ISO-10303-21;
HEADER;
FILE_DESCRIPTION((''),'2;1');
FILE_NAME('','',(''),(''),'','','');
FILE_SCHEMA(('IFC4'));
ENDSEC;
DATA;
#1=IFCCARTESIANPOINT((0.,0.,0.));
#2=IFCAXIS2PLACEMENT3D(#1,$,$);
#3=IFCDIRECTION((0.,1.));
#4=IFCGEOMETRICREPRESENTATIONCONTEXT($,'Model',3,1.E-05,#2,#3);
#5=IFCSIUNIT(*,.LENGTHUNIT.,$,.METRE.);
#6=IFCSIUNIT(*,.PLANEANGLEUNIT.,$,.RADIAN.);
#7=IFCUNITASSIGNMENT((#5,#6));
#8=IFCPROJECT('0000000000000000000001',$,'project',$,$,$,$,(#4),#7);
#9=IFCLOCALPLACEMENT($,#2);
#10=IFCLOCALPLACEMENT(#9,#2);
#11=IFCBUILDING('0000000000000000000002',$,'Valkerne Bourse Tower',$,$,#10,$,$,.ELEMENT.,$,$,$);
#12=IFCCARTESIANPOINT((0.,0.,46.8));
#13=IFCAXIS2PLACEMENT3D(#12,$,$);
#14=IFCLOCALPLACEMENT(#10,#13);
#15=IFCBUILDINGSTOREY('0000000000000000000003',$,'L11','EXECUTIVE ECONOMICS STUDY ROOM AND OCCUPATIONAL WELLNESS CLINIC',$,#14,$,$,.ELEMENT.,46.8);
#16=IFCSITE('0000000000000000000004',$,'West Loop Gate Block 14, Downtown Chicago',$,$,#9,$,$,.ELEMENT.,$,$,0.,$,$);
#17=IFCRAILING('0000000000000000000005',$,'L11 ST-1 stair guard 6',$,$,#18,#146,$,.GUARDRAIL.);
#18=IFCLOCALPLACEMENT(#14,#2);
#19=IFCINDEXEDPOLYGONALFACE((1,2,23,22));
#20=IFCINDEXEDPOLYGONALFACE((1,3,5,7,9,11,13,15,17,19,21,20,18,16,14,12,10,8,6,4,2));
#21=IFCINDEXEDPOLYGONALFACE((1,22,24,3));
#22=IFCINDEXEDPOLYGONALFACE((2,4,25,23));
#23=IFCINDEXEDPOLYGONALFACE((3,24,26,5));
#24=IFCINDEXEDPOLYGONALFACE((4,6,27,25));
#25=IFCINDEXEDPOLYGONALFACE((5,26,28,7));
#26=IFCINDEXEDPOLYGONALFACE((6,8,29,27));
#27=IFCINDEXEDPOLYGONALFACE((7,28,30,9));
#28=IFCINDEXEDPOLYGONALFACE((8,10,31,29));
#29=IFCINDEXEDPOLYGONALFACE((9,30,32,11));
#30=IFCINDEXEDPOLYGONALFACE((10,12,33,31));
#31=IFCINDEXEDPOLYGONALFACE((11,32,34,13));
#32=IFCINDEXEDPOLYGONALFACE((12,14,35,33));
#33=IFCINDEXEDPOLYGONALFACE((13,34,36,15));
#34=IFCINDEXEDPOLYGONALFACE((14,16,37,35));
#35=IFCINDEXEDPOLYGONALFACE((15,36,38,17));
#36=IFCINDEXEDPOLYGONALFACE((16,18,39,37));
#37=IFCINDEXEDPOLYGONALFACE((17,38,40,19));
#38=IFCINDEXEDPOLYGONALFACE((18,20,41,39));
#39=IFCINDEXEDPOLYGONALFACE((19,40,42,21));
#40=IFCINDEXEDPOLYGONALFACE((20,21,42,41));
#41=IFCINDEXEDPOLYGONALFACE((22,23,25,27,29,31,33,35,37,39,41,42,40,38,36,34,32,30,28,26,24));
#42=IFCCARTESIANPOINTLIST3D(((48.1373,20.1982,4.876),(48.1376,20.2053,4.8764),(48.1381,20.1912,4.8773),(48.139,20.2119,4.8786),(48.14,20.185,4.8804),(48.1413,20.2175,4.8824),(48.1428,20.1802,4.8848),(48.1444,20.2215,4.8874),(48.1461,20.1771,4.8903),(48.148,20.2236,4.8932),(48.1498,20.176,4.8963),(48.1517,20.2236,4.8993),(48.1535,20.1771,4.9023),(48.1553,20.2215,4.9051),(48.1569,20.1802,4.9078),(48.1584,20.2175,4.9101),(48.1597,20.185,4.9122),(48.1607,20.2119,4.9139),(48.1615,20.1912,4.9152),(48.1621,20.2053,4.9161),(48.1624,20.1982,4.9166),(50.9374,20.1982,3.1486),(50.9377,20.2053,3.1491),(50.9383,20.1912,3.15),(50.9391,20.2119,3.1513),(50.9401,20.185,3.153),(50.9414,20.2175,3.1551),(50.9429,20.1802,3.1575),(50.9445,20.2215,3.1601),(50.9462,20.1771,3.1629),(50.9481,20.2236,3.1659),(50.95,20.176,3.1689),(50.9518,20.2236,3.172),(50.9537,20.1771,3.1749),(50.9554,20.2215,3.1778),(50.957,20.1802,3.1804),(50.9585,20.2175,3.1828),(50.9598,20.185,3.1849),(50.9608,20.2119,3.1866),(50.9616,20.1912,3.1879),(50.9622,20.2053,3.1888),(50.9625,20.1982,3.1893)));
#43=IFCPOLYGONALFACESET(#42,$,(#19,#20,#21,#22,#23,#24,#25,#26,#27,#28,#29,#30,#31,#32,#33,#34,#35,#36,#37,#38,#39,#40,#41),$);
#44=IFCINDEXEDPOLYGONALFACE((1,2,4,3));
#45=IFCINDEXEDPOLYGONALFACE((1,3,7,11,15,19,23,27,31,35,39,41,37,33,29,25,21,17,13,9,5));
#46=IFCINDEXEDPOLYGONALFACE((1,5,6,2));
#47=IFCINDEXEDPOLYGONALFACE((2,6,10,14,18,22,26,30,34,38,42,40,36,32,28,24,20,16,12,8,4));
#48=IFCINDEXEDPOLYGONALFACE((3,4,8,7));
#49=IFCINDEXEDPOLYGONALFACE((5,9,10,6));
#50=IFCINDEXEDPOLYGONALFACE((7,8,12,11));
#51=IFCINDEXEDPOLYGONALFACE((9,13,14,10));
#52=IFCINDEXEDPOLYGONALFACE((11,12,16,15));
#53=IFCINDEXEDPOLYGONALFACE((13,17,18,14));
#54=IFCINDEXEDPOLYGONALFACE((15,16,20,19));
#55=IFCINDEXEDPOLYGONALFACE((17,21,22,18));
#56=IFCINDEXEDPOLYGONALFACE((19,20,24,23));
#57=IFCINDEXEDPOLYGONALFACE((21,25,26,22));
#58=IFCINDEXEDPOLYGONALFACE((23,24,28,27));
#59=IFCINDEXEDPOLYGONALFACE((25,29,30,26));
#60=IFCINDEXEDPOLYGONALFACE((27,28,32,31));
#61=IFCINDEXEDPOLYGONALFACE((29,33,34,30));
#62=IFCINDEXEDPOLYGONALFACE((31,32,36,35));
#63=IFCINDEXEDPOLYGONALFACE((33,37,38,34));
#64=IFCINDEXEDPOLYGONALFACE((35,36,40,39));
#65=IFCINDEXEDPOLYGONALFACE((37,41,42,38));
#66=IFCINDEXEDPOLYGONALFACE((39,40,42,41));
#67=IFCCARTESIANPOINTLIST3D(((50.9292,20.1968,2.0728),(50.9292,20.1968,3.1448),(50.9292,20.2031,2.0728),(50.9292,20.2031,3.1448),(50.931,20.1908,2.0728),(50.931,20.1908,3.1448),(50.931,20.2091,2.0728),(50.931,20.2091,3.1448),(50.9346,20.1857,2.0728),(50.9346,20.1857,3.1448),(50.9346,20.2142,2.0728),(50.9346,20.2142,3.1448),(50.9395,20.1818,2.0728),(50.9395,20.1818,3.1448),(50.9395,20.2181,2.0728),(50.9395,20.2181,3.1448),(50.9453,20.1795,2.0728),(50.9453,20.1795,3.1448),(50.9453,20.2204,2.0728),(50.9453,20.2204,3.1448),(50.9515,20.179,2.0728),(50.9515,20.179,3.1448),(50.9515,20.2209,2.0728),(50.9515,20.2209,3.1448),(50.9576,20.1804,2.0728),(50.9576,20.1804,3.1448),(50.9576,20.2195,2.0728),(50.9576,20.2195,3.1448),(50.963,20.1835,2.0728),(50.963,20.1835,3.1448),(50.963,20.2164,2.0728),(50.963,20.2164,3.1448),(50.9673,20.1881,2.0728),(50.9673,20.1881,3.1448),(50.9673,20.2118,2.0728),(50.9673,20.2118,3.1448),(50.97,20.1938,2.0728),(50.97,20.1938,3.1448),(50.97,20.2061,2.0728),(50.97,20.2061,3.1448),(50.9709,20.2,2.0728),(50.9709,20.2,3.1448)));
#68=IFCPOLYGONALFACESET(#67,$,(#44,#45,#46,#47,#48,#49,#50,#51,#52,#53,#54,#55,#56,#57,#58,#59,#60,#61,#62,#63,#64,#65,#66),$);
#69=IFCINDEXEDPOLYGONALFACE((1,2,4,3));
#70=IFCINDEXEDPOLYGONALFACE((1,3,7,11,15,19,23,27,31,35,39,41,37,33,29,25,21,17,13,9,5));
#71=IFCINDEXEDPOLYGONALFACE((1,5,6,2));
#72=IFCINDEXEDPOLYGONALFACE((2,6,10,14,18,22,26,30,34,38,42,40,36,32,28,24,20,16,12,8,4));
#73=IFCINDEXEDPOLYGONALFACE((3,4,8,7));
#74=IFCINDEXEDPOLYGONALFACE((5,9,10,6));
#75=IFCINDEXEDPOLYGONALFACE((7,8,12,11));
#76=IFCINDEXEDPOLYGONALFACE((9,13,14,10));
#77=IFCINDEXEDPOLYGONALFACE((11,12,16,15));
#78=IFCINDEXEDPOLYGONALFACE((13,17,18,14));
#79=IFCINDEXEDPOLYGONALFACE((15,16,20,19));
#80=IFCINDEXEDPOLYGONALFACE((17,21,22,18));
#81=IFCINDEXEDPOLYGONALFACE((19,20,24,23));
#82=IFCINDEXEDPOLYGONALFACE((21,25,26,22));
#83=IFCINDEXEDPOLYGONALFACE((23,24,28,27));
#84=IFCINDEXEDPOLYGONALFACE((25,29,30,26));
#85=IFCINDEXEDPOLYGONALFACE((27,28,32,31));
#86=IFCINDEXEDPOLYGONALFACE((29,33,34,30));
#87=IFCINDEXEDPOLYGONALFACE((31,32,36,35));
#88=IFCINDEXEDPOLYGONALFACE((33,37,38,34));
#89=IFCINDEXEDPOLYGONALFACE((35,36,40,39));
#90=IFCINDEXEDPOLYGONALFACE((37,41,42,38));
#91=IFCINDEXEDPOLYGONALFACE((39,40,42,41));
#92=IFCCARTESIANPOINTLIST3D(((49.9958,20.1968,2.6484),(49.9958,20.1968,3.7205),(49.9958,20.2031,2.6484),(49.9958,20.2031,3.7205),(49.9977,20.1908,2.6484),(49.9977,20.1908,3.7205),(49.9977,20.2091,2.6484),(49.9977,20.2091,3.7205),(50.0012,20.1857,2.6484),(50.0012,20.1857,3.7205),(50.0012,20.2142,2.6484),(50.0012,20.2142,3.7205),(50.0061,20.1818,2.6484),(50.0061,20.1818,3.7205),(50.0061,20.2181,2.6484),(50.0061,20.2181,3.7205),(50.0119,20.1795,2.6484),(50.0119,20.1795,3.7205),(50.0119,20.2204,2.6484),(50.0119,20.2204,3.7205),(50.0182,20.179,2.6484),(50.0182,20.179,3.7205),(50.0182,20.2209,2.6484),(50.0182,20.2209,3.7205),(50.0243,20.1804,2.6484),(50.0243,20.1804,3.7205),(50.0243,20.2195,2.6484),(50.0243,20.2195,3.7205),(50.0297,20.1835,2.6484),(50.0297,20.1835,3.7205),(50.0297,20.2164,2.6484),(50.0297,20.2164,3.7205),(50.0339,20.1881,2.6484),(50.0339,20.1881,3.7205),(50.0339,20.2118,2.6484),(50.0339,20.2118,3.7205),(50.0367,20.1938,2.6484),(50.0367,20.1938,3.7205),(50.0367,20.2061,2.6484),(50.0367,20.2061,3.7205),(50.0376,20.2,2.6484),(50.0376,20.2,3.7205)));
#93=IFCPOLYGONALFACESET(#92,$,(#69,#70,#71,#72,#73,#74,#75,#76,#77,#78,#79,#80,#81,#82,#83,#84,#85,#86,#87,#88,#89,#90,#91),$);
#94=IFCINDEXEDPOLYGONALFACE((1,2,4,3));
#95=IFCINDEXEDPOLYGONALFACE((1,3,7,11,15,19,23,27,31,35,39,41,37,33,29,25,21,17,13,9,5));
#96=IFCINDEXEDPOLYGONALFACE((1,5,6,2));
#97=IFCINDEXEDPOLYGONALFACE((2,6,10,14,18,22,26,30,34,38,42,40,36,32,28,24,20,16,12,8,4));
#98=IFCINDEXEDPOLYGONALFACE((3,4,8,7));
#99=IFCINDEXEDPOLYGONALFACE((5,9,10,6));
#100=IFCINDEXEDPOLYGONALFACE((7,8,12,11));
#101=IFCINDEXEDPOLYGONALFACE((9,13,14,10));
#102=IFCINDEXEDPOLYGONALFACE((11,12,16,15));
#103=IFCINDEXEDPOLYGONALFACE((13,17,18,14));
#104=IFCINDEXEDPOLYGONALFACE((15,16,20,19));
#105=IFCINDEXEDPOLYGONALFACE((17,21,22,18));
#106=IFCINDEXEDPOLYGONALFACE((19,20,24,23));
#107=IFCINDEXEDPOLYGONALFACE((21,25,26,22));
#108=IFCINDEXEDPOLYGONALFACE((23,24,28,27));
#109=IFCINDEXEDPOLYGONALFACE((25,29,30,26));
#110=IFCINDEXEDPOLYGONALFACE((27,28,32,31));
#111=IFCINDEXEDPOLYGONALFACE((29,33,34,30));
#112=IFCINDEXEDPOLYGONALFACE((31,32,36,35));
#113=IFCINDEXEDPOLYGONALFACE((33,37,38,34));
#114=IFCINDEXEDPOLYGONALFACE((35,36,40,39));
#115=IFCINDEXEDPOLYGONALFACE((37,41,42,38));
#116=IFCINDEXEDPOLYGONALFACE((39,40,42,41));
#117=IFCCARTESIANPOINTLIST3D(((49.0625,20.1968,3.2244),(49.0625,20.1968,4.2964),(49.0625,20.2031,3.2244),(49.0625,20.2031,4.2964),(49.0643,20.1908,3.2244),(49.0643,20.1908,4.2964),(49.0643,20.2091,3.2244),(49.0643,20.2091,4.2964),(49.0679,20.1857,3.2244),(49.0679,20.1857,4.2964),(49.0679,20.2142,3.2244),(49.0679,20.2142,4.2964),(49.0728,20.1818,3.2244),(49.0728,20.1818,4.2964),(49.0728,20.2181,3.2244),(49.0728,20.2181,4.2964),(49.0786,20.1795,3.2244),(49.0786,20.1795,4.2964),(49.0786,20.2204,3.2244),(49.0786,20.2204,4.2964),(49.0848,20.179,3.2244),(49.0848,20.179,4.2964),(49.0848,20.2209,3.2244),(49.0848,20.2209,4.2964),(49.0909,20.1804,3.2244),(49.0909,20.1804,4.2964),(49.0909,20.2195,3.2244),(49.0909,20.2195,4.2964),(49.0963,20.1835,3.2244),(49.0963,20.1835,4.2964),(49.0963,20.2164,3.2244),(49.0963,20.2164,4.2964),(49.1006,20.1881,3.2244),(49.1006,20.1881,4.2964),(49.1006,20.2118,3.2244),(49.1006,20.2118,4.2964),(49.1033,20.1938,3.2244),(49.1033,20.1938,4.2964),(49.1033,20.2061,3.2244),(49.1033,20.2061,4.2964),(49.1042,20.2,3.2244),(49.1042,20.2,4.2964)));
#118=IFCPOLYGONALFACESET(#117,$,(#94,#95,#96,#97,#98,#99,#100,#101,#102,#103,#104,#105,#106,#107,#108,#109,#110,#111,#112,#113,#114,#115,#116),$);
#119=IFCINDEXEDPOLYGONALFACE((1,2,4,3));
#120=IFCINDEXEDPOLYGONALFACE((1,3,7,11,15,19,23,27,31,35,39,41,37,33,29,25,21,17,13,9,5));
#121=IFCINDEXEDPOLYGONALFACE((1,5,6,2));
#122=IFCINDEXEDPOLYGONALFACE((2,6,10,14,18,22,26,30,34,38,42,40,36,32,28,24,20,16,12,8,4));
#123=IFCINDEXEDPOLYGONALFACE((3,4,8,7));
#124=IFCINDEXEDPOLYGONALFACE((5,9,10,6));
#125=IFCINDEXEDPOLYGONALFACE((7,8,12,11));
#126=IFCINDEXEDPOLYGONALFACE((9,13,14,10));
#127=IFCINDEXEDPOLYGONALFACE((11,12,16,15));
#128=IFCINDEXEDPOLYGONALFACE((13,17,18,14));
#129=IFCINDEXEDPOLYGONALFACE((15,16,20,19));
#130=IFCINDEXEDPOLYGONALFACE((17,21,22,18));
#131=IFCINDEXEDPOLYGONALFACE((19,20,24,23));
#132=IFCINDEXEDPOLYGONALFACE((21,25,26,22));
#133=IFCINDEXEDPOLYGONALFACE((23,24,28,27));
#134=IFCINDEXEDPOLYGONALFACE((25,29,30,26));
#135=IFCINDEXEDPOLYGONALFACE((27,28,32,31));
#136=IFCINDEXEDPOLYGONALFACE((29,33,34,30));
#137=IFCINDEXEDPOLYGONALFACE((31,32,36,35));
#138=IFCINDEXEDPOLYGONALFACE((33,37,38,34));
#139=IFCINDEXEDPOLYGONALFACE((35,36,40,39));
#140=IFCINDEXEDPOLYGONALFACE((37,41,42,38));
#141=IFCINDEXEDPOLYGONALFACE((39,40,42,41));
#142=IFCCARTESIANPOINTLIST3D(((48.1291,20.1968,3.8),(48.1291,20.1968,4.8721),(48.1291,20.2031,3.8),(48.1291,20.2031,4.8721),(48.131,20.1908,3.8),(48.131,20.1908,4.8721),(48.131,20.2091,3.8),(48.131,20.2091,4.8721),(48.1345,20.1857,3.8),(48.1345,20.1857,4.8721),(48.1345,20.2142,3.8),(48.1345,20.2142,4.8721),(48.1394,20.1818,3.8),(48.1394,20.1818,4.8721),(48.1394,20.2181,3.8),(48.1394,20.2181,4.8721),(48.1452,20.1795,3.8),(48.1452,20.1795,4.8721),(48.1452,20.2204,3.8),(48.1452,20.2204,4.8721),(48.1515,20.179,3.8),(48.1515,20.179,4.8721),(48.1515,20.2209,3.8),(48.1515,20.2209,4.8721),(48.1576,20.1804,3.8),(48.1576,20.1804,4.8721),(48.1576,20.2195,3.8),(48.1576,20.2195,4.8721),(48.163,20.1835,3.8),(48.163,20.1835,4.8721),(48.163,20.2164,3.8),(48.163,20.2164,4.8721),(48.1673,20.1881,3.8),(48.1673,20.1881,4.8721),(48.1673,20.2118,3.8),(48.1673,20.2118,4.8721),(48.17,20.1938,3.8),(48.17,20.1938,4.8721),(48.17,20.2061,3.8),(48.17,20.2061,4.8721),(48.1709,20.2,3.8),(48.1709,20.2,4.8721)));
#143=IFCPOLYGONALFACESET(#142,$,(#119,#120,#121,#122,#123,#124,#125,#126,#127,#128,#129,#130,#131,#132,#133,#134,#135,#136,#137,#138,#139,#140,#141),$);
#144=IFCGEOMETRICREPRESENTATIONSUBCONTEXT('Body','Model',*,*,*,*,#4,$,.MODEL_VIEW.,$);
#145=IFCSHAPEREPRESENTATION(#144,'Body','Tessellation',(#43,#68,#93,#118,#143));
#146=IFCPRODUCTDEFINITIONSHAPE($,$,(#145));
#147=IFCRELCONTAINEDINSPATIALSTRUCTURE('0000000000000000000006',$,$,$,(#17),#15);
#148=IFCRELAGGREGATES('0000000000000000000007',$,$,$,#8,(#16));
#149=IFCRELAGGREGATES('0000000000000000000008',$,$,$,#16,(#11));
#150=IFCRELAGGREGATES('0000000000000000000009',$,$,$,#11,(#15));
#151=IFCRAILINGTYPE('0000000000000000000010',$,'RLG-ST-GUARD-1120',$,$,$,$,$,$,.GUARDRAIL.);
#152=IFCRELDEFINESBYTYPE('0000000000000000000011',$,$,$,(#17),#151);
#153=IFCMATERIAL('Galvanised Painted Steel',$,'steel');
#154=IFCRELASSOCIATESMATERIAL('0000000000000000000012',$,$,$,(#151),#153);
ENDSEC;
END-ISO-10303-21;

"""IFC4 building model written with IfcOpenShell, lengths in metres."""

from ifc_helpers import new_model, si_unit, direction, frame, origin, origin_2d, place, context, subcontext, project, spatial, circle, extrude, material, type_object, element, save


model = new_model("IFC4")

# Units and contexts
model_context = context("Model", 3, precision=1e-05, world=origin(), true_north=direction((0.0, 1.0)))
body_context = subcontext(model_context, "Body", "Model", "MODEL_VIEW")
ifc_project = project(units=[si_unit("LENGTHUNIT", "METRE"), si_unit("PLANEANGLEUNIT", "RADIAN")], contexts=[model_context])

# Site, building, storey
site_placement = place(None, origin())
site = spatial("IfcSite", under=ifc_project, at=site_placement, Name="West Loop Gate Block 14, Downtown Chicago", CompositionType="ELEMENT", RefElevation=0.0)
building_placement = place(site_placement, origin())
building = spatial("IfcBuilding", under=site, at=building_placement, Name="Valkerne Bourse Tower", CompositionType="ELEMENT")
storey_placement = place(building_placement, frame((0.0, 0.0, 46.8)))
storey = spatial("IfcBuildingStorey", under=building, at=storey_placement, Name="L11", Description="EXECUTIVE ECONOMICS STUDY ROOM AND OCCUPATIONAL WELLNESS CLINIC", CompositionType="ELEMENT", Elevation=46.8)

# Shared definitions
ifc_material_1 = material(Name="Galvanised Painted Steel", Category="steel")

# Railing
railing_type_1 = type_object("IfcRailingType", Name="RLG-ST-GUARD-1120", PredefinedType="GUARDRAIL", material=ifc_material_1)
railing_1_placement = place(storey_placement, frame((50.95, 20.2, 2.0728)))
element("IfcRailing", 1, at=railing_1_placement, inside=storey, type_object=railing_type_1, Name="L11 ST-1 stair guard 6", PredefinedType="GUARDRAIL", context=body_context, shape_type="SweptSolid", body=[
    extrude(circle(Radius=0.0239, at=origin_2d()), frame((0.0, 0.0, 1.0962), z_axis=(-0.85109, 0.0, 0.52502), x_axis=(0.0, -1.0, 0.0)), (0.0, 0.0, 1.0), 3.29),
    extrude(circle(Radius=0.021, at=origin_2d()), origin(), (0.0, 0.0, 1.0), 1.072),
    extrude(circle(Radius=0.021, at=origin_2d()), frame((-0.9333, 0.0, 0.5757)), (0.0, 0.0, 1.0), 1.072),
    extrude(circle(Radius=0.021, at=origin_2d()), frame((-1.8667, 0.0, 1.1516)), (0.0, 0.0, 1.0), 1.072),
    extrude(circle(Radius=0.021, at=origin_2d()), frame((-2.8, 0.0, 1.7273)), (0.0, 0.0, 1.0), 1.072),
])

save(model, "model.ifc")
